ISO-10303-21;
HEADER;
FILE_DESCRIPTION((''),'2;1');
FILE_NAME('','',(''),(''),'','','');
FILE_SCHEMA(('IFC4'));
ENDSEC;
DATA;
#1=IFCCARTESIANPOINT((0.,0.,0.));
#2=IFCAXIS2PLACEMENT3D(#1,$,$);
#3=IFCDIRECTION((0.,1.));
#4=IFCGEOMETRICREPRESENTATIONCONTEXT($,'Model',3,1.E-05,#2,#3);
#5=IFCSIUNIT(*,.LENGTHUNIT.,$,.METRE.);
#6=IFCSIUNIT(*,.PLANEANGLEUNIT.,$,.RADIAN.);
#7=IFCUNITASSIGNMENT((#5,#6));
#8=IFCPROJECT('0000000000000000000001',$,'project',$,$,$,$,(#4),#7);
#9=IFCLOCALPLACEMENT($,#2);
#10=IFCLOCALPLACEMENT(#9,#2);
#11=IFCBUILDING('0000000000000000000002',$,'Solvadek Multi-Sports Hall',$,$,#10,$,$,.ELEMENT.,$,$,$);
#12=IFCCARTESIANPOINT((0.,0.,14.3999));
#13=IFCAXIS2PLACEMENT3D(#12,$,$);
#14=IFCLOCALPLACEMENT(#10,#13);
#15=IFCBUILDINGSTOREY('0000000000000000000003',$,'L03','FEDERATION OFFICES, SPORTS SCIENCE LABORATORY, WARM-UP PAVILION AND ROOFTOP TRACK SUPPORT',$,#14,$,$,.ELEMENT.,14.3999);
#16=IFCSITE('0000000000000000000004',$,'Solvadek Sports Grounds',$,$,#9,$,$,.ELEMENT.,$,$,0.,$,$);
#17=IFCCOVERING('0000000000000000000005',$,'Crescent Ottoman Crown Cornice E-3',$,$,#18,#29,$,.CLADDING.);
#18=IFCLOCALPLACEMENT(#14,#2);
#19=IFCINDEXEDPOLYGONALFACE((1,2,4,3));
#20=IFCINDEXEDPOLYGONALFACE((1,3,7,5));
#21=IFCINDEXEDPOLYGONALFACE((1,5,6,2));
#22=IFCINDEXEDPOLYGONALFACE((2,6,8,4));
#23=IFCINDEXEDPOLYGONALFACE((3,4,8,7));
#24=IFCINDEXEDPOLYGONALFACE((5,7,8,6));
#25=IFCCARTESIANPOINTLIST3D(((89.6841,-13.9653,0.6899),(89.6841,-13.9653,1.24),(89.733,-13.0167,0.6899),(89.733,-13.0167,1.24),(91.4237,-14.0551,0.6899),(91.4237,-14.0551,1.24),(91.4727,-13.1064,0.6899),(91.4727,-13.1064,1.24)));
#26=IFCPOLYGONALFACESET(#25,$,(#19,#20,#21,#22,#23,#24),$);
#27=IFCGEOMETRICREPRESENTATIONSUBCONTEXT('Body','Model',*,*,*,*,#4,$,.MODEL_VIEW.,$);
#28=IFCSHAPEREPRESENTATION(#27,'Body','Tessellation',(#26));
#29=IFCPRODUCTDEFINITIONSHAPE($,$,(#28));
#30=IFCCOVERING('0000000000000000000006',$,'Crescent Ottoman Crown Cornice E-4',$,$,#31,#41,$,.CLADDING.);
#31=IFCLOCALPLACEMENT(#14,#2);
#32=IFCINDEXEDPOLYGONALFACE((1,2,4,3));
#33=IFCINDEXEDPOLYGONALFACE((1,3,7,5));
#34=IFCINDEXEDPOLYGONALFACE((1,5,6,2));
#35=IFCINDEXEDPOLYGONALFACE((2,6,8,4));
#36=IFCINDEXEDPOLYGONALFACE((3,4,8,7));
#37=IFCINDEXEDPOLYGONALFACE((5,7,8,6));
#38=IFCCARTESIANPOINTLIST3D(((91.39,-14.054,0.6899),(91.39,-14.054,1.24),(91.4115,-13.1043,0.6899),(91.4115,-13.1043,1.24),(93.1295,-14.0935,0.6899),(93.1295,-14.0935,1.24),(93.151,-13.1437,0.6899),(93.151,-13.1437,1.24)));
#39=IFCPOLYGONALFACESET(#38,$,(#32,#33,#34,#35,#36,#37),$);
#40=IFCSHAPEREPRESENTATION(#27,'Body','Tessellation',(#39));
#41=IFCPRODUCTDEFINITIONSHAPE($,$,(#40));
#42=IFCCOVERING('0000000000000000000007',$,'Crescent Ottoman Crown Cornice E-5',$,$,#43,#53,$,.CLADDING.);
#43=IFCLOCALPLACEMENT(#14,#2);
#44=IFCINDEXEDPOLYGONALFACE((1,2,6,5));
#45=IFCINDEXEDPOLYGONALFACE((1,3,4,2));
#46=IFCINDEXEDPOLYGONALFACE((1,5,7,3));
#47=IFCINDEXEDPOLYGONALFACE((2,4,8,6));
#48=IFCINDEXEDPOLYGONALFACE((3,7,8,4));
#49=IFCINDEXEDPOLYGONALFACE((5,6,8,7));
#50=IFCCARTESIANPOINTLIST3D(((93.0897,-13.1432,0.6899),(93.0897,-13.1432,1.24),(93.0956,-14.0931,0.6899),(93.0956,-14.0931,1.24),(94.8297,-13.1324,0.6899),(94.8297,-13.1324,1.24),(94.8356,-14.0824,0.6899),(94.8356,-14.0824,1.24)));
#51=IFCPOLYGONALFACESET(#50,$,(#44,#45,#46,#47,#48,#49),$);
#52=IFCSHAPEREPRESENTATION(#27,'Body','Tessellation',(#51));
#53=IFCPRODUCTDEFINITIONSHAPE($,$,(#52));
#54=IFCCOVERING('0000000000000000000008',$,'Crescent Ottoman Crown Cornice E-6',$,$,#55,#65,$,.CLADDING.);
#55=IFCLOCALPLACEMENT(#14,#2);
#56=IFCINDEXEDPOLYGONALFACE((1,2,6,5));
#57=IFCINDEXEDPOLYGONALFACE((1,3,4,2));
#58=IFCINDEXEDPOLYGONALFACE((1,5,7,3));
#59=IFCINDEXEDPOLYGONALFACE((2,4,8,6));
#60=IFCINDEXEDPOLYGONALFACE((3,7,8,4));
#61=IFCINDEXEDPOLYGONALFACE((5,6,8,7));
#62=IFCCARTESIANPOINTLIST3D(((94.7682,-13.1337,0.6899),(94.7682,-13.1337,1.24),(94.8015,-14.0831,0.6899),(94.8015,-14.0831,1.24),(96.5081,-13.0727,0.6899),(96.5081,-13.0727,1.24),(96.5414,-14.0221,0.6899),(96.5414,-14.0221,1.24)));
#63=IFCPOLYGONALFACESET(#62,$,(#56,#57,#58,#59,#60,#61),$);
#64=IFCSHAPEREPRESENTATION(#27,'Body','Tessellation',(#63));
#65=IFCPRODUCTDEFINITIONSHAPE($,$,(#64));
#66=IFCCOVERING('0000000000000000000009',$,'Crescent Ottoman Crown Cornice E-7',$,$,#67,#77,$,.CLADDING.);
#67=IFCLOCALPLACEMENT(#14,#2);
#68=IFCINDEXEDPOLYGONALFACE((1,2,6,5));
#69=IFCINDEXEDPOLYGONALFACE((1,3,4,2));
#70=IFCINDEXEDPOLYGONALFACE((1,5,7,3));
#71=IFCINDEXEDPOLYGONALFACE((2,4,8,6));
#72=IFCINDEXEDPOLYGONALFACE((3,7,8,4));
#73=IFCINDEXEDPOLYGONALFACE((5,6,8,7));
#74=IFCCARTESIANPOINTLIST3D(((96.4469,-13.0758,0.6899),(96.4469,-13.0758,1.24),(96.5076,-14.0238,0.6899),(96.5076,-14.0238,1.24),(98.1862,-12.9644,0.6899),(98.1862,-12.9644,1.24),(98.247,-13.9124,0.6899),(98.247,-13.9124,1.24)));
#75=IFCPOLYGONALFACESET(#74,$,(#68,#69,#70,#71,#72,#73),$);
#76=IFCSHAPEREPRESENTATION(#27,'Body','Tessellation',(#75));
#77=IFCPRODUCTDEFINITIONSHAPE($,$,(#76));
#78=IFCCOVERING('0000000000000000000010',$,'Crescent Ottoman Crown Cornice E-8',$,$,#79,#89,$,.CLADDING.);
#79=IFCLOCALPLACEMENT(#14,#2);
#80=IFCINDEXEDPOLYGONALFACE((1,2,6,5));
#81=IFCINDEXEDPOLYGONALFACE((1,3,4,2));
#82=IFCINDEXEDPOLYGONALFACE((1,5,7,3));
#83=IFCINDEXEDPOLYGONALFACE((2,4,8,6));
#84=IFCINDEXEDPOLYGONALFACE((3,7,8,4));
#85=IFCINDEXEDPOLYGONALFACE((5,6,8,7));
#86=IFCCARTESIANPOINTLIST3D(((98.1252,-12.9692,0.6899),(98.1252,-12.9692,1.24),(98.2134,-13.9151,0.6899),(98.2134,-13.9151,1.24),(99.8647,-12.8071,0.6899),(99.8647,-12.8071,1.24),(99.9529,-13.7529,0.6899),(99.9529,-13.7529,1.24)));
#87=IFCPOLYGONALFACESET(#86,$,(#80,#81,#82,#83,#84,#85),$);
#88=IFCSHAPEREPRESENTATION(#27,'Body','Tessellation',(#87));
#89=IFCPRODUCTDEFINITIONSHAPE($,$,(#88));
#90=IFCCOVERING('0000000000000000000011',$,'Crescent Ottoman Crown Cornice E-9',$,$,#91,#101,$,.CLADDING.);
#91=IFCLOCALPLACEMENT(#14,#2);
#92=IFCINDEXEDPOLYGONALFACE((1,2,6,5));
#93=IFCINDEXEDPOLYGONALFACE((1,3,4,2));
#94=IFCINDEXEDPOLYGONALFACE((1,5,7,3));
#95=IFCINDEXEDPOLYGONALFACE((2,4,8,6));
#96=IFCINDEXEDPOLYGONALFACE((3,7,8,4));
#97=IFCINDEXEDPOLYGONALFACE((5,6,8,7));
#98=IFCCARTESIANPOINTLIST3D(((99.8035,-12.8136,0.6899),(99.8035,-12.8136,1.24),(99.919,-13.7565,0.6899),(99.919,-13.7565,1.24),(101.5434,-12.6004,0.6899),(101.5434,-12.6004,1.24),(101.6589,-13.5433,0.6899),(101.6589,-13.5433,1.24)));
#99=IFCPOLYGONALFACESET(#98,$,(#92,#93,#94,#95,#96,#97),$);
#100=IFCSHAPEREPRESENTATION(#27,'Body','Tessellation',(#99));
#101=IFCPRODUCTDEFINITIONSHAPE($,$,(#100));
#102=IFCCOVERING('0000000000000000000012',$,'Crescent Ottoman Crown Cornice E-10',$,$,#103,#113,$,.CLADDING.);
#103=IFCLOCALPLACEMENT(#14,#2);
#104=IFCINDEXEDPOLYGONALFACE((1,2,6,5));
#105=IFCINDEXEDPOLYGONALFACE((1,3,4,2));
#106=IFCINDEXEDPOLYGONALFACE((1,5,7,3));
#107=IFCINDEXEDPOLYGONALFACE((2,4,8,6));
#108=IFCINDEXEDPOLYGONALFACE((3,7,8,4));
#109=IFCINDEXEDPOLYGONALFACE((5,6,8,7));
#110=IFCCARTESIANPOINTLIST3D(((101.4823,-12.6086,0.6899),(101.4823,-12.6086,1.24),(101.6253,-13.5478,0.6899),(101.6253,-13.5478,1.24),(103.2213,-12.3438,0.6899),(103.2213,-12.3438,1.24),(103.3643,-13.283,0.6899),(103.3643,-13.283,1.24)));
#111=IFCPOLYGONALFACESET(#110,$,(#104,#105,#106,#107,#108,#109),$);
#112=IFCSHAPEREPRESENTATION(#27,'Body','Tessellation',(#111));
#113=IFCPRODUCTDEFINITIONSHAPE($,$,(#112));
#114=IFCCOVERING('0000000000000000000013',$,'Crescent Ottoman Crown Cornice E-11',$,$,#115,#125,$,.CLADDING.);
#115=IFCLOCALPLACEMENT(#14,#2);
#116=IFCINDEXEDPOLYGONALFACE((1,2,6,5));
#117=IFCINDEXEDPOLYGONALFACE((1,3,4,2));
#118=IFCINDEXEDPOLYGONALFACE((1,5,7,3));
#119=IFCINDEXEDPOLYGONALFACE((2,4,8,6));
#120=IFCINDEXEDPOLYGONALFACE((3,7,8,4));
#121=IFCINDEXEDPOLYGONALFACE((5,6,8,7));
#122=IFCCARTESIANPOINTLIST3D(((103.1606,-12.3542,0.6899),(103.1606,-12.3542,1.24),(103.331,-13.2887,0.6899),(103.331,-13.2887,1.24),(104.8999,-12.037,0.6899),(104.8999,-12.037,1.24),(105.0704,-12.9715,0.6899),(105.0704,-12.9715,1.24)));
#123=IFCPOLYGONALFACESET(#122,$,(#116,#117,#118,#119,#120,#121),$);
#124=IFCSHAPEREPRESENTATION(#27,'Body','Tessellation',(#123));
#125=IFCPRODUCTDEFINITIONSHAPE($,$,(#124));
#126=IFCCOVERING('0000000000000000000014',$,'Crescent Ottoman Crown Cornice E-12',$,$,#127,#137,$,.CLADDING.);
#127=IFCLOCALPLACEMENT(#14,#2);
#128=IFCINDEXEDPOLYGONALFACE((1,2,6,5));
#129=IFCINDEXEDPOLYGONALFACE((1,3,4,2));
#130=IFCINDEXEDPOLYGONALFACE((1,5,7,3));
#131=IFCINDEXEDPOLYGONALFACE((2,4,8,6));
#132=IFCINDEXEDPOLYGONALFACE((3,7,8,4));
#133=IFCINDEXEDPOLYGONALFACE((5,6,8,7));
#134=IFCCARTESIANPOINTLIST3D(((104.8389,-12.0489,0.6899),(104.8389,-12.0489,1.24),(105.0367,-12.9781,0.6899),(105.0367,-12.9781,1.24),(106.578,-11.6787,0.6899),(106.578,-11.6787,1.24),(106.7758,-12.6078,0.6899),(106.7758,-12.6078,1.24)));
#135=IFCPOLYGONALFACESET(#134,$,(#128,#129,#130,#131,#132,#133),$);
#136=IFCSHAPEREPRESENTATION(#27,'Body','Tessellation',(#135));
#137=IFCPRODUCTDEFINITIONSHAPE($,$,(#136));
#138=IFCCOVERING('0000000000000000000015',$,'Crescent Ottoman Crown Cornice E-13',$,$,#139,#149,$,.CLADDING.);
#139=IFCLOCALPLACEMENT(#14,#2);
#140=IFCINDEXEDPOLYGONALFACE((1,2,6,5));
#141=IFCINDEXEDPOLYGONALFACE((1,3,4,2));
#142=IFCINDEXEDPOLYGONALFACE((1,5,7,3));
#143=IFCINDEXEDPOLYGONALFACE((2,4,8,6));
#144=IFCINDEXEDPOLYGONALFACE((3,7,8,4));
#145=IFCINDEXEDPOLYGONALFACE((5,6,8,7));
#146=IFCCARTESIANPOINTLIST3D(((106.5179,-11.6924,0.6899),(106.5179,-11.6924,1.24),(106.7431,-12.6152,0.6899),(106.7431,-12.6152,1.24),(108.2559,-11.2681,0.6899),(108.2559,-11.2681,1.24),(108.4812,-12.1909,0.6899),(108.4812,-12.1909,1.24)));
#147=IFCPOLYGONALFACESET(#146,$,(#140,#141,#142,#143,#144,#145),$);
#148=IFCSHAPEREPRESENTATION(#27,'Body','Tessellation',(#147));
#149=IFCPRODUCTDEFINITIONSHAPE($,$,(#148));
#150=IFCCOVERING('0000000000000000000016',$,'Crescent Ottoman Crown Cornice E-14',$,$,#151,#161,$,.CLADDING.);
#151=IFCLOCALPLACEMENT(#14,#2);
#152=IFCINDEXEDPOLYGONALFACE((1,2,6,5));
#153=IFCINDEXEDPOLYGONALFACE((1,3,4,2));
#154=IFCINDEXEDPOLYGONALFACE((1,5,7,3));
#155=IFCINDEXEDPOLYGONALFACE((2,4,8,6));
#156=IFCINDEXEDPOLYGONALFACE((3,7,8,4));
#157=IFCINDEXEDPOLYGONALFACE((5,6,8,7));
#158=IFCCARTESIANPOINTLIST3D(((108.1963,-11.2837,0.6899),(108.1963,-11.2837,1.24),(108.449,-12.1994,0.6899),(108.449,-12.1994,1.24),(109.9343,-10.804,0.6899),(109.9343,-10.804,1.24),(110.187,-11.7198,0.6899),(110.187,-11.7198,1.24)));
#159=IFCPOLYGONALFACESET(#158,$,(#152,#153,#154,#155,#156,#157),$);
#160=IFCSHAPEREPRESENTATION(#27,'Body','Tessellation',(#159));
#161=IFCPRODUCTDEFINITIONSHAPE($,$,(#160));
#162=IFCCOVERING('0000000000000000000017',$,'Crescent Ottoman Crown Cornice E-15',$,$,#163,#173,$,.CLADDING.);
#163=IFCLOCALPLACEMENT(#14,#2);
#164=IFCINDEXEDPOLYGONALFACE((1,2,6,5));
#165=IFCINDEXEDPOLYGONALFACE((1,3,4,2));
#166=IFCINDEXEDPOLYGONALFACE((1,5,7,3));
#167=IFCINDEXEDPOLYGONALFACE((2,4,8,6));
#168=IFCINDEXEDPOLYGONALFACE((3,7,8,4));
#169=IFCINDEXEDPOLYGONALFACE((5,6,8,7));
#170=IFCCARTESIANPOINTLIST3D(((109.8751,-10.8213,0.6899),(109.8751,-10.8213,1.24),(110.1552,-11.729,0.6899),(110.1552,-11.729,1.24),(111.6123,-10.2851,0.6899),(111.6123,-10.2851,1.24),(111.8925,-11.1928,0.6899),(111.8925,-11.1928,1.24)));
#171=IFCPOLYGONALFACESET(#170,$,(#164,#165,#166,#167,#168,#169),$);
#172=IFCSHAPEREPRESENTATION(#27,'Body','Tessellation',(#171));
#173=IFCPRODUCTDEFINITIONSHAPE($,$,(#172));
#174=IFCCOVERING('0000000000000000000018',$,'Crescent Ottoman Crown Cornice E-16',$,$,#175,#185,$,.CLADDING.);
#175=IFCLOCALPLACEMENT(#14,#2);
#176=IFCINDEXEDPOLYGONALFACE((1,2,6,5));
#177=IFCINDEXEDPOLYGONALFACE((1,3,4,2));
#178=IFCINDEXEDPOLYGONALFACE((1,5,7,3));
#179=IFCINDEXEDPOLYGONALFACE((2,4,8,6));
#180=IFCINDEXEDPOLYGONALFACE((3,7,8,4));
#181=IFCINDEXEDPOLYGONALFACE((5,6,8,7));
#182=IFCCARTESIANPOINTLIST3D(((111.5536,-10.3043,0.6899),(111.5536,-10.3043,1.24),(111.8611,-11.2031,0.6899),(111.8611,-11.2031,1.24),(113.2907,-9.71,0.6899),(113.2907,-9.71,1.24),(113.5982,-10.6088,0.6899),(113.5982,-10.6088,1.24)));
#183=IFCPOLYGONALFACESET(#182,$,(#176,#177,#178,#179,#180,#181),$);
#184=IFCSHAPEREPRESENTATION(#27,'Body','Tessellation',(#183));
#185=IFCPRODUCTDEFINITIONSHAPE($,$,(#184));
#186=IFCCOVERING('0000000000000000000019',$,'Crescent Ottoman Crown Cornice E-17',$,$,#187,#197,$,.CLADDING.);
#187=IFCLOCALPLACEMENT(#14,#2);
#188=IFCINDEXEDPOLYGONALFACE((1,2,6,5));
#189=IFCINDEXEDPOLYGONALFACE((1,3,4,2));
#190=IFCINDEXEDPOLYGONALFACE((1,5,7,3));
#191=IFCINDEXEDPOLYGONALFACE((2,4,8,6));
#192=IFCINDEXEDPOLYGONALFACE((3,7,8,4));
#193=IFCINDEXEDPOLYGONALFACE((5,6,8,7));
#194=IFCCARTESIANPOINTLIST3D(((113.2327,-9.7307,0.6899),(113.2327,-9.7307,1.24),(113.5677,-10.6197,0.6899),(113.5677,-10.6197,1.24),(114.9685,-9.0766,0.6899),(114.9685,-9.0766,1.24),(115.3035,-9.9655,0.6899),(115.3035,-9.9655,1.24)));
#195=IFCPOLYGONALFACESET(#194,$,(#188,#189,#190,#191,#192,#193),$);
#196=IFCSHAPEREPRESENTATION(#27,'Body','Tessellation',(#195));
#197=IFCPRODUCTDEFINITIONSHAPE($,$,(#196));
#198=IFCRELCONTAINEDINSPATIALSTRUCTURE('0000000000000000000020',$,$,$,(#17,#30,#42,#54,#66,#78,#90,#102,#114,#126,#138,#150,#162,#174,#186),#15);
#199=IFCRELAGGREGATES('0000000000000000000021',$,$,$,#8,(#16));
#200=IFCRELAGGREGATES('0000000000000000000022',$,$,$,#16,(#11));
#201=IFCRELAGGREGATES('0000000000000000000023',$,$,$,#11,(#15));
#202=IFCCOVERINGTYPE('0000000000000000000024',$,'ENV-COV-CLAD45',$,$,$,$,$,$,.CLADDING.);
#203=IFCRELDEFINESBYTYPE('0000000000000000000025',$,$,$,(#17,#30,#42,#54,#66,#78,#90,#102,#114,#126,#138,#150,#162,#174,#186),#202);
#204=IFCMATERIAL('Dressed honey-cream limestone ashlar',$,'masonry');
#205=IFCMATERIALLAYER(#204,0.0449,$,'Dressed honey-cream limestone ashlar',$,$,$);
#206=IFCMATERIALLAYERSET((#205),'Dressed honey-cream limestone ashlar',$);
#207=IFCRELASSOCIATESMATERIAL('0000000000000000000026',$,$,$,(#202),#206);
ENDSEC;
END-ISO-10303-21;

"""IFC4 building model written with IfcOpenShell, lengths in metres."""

from ifc_helpers import new_model, si_unit, direction, frame, origin, origin_2d, place, context, subcontext, project, spatial, rectangle, extrude, material, layer, layer_set, type_object, element, save


model = new_model("IFC4")

# Units and contexts
model_context = context("Model", 3, precision=1e-05, world=origin(), true_north=direction((0.0, 1.0)))
body_context = subcontext(model_context, "Body", "Model", "MODEL_VIEW")
ifc_project = project(units=[si_unit("LENGTHUNIT", "METRE"), si_unit("PLANEANGLEUNIT", "RADIAN")], contexts=[model_context])

# Site, building, storey
site_placement = place(None, origin())
site = spatial("IfcSite", under=ifc_project, at=site_placement, Name="Solvadek Sports Grounds", CompositionType="ELEMENT", RefElevation=0.0)
building_placement = place(site_placement, origin())
building = spatial("IfcBuilding", under=site, at=building_placement, Name="Solvadek Multi-Sports Hall", CompositionType="ELEMENT")
storey_placement = place(building_placement, frame((0.0, 0.0, 14.3999)))
storey = spatial("IfcBuildingStorey", under=building, at=storey_placement, Name="L03", Description="FEDERATION OFFICES, SPORTS SCIENCE LABORATORY, WARM-UP PAVILION AND ROOFTOP TRACK SUPPORT", CompositionType="ELEMENT", Elevation=14.3999)

# Coverings
ifc_material_1 = material(Name="Dressed honey-cream limestone ashlar", Category="masonry")
ifc_layer_1 = layer(ifc_material_1, 0.0449, Name="Dressed honey-cream limestone ashlar")
ifc_layer_set_1 = layer_set([ifc_layer_1], Name="Dressed honey-cream limestone ashlar")
covering_type = type_object("IfcCoveringType", Name="ENV-COV-CLAD45", PredefinedType="CLADDING", material=ifc_layer_set_1)
covering_1_placement = place(storey_placement, frame((90.5784, -13.5359, 0.6899), z_axis=(0.0, 0.0, 1.0), x_axis=(0.998671, -0.051539, 0.0)))
element("IfcCovering", 1, at=covering_1_placement, inside=storey, type_object=covering_type, Name="Crescent Ottoman Crown Cornice E-3", PredefinedType="CLADDING", context=body_context, shape_type="SweptSolid", body=[
    extrude(rectangle(XDim=1.7419, YDim=0.95, at=origin_2d()), origin(), (0.0, 0.0, 1.0), 0.55),
])
for number, where, z_axis, x_axis, name in (
    (2, (92.2705, -13.5989, 0.6899), (0.0, 0.0, 1.0), (0.999743, -0.022673, 0.0), "Crescent Ottoman Crown Cornice E-4"),
    (3, (93.9626, -13.6128, 0.6899), (0.0, 0.0, 1.0), (0.999981, 0.00619, 0.0), "Crescent Ottoman Crown Cornice E-5"),
):
    element("IfcCovering", number, at=place(storey_placement, frame(where, z_axis=z_axis, x_axis=x_axis)), inside=storey, type_object=covering_type, Name=name, PredefinedType="CLADDING", context=body_context, shape_type="SweptSolid", body=[
        extrude(rectangle(XDim=1.74, YDim=0.95, at=origin_2d()), origin(), (0.0, 0.0, 1.0), 0.55),
    ])
covering_2_placement = place(storey_placement, frame((95.6548, -13.5779, 0.6899), z_axis=(0.0, 0.0, 1.0), x_axis=(0.999386, 0.035038, 0.0)))
element("IfcCovering", 4, at=covering_2_placement, inside=storey, type_object=covering_type, Name="Crescent Ottoman Crown Cornice E-6", PredefinedType="CLADDING", context=body_context, shape_type="SweptSolid", body=[
    extrude(rectangle(XDim=1.741, YDim=0.95, at=origin_2d()), origin(), (0.0, 0.0, 1.0), 0.55),
])
covering_3_placement = place(storey_placement, frame((97.3469, -13.4941, 0.6899), z_axis=(0.0, 0.0, 1.0), x_axis=(0.997955, 0.063917, 0.0)))
element("IfcCovering", 5, at=covering_3_placement, inside=storey, type_object=covering_type, Name="Crescent Ottoman Crown Cornice E-7", PredefinedType="CLADDING", context=body_context, shape_type="SweptSolid", body=[
    extrude(rectangle(XDim=1.7429, YDim=0.95, at=origin_2d()), origin(), (0.0, 0.0, 1.0), 0.55),
])
covering_4_placement = place(storey_placement, frame((99.0391, -13.3611, 0.6899), z_axis=(0.0, 0.0, 1.0), x_axis=(0.995684, 0.092812, 0.0)))
element("IfcCovering", 6, at=covering_4_placement, inside=storey, type_object=covering_type, Name="Crescent Ottoman Crown Cornice E-8", PredefinedType="CLADDING", context=body_context, shape_type="SweptSolid", body=[
    extrude(rectangle(XDim=1.7471, YDim=0.95, at=origin_2d()), origin(), (0.0, 0.0, 1.0), 0.55),
])
covering_5_placement = place(storey_placement, frame((100.7312, -13.1785, 0.6899), z_axis=(0.0, 0.0, 1.0), x_axis=(0.992573, 0.121649, 0.0)))
element("IfcCovering", 7, at=covering_5_placement, inside=storey, type_object=covering_type, Name="Crescent Ottoman Crown Cornice E-9", PredefinedType="CLADDING", context=body_context, shape_type="SweptSolid", body=[
    extrude(rectangle(XDim=1.7529, YDim=0.95, at=origin_2d()), origin(), (0.0, 0.0, 1.0), 0.55),
])
covering_6_placement = place(storey_placement, frame((102.4233, -12.9458, 0.6899), z_axis=(0.0, 0.0, 1.0), x_axis=(0.988606, 0.150527, 0.0)))
element("IfcCovering", 8, at=covering_6_placement, inside=storey, type_object=covering_type, Name="Crescent Ottoman Crown Cornice E-10", PredefinedType="CLADDING", context=body_context, shape_type="SweptSolid", body=[
    extrude(rectangle(XDim=1.759, YDim=0.95, at=origin_2d()), origin(), (0.0, 0.0, 1.0), 0.55),
])
covering_7_placement = place(storey_placement, frame((104.1155, -12.6628, 0.6899), z_axis=(0.0, 0.0, 1.0), x_axis=(0.983772, 0.179421, 0.0)))
element("IfcCovering", 9, at=covering_7_placement, inside=storey, type_object=covering_type, Name="Crescent Ottoman Crown Cornice E-11", PredefinedType="CLADDING", context=body_context, shape_type="SweptSolid", body=[
    extrude(rectangle(XDim=1.7681, YDim=0.95, at=origin_2d()), origin(), (0.0, 0.0, 1.0), 0.55),
])
covering_8_placement = place(storey_placement, frame((105.8074, -12.3284, 0.6899), z_axis=(0.0, 0.0, 1.0), x_axis=(0.978076, 0.208249, 0.0)))
element("IfcCovering", 10, at=covering_8_placement, inside=storey, type_object=covering_type, Name="Crescent Ottoman Crown Cornice E-12", PredefinedType="CLADDING", context=body_context, shape_type="SweptSolid", body=[
    extrude(rectangle(XDim=1.7781, YDim=0.95, at=origin_2d()), origin(), (0.0, 0.0, 1.0), 0.55),
])
covering_9_placement = place(storey_placement, frame((107.4995, -11.9417, 0.6899), z_axis=(0.0, 0.0, 1.0), x_axis=(0.971475, 0.237144, 0.0)))
element("IfcCovering", 11, at=covering_9_placement, inside=storey, type_object=covering_type, Name="Crescent Ottoman Crown Cornice E-13", PredefinedType="CLADDING", context=body_context, shape_type="SweptSolid", body=[
    extrude(rectangle(XDim=1.7891, YDim=0.95, at=origin_2d()), origin(), (0.0, 0.0, 1.0), 0.55),
])
covering_10_placement = place(storey_placement, frame((109.1917, -11.5017, 0.6899), z_axis=(0.0, 0.0, 1.0), x_axis=(0.96397, 0.26601, 0.0)))
element("IfcCovering", 12, at=covering_10_placement, inside=storey, type_object=covering_type, Name="Crescent Ottoman Crown Cornice E-14", PredefinedType="CLADDING", context=body_context, shape_type="SweptSolid", body=[
    extrude(rectangle(XDim=1.803, YDim=0.95, at=origin_2d()), origin(), (0.0, 0.0, 1.0), 0.55),
])
covering_11_placement = place(storey_placement, frame((110.8838, -11.0071, 0.6899), z_axis=(0.0, 0.0, 1.0), x_axis=(0.955527, 0.294905, 0.0)))
element("IfcCovering", 13, at=covering_11_placement, inside=storey, type_object=covering_type, Name="Crescent Ottoman Crown Cornice E-15", PredefinedType="CLADDING", context=body_context, shape_type="SweptSolid", body=[
    extrude(rectangle(XDim=1.8181, YDim=0.95, at=origin_2d()), origin(), (0.0, 0.0, 1.0), 0.55),
])
covering_12_placement = place(storey_placement, frame((112.5759, -10.4565, 0.6899), z_axis=(0.0, 0.0, 1.0), x_axis=(0.946153, 0.32372, 0.0)))
element("IfcCovering", 14, at=covering_12_placement, inside=storey, type_object=covering_type, Name="Crescent Ottoman Crown Cornice E-16", PredefinedType="CLADDING", context=body_context, shape_type="SweptSolid", body=[
    extrude(rectangle(XDim=1.8359, YDim=0.95, at=origin_2d()), origin(), (0.0, 0.0, 1.0), 0.55),
])
covering_13_placement = place(storey_placement, frame((114.2681, -9.8481, 0.6899), z_axis=(0.0, 0.0, 1.0), x_axis=(0.93576, 0.352637, 0.0)))
element("IfcCovering", 15, at=covering_13_placement, inside=storey, type_object=covering_type, Name="Crescent Ottoman Crown Cornice E-17", PredefinedType="CLADDING", context=body_context, shape_type="SweptSolid", body=[
    extrude(rectangle(XDim=1.855, YDim=0.95, at=origin_2d()), origin(), (0.0, 0.0, 1.0), 0.55),
])

save(model, "model.ifc")
